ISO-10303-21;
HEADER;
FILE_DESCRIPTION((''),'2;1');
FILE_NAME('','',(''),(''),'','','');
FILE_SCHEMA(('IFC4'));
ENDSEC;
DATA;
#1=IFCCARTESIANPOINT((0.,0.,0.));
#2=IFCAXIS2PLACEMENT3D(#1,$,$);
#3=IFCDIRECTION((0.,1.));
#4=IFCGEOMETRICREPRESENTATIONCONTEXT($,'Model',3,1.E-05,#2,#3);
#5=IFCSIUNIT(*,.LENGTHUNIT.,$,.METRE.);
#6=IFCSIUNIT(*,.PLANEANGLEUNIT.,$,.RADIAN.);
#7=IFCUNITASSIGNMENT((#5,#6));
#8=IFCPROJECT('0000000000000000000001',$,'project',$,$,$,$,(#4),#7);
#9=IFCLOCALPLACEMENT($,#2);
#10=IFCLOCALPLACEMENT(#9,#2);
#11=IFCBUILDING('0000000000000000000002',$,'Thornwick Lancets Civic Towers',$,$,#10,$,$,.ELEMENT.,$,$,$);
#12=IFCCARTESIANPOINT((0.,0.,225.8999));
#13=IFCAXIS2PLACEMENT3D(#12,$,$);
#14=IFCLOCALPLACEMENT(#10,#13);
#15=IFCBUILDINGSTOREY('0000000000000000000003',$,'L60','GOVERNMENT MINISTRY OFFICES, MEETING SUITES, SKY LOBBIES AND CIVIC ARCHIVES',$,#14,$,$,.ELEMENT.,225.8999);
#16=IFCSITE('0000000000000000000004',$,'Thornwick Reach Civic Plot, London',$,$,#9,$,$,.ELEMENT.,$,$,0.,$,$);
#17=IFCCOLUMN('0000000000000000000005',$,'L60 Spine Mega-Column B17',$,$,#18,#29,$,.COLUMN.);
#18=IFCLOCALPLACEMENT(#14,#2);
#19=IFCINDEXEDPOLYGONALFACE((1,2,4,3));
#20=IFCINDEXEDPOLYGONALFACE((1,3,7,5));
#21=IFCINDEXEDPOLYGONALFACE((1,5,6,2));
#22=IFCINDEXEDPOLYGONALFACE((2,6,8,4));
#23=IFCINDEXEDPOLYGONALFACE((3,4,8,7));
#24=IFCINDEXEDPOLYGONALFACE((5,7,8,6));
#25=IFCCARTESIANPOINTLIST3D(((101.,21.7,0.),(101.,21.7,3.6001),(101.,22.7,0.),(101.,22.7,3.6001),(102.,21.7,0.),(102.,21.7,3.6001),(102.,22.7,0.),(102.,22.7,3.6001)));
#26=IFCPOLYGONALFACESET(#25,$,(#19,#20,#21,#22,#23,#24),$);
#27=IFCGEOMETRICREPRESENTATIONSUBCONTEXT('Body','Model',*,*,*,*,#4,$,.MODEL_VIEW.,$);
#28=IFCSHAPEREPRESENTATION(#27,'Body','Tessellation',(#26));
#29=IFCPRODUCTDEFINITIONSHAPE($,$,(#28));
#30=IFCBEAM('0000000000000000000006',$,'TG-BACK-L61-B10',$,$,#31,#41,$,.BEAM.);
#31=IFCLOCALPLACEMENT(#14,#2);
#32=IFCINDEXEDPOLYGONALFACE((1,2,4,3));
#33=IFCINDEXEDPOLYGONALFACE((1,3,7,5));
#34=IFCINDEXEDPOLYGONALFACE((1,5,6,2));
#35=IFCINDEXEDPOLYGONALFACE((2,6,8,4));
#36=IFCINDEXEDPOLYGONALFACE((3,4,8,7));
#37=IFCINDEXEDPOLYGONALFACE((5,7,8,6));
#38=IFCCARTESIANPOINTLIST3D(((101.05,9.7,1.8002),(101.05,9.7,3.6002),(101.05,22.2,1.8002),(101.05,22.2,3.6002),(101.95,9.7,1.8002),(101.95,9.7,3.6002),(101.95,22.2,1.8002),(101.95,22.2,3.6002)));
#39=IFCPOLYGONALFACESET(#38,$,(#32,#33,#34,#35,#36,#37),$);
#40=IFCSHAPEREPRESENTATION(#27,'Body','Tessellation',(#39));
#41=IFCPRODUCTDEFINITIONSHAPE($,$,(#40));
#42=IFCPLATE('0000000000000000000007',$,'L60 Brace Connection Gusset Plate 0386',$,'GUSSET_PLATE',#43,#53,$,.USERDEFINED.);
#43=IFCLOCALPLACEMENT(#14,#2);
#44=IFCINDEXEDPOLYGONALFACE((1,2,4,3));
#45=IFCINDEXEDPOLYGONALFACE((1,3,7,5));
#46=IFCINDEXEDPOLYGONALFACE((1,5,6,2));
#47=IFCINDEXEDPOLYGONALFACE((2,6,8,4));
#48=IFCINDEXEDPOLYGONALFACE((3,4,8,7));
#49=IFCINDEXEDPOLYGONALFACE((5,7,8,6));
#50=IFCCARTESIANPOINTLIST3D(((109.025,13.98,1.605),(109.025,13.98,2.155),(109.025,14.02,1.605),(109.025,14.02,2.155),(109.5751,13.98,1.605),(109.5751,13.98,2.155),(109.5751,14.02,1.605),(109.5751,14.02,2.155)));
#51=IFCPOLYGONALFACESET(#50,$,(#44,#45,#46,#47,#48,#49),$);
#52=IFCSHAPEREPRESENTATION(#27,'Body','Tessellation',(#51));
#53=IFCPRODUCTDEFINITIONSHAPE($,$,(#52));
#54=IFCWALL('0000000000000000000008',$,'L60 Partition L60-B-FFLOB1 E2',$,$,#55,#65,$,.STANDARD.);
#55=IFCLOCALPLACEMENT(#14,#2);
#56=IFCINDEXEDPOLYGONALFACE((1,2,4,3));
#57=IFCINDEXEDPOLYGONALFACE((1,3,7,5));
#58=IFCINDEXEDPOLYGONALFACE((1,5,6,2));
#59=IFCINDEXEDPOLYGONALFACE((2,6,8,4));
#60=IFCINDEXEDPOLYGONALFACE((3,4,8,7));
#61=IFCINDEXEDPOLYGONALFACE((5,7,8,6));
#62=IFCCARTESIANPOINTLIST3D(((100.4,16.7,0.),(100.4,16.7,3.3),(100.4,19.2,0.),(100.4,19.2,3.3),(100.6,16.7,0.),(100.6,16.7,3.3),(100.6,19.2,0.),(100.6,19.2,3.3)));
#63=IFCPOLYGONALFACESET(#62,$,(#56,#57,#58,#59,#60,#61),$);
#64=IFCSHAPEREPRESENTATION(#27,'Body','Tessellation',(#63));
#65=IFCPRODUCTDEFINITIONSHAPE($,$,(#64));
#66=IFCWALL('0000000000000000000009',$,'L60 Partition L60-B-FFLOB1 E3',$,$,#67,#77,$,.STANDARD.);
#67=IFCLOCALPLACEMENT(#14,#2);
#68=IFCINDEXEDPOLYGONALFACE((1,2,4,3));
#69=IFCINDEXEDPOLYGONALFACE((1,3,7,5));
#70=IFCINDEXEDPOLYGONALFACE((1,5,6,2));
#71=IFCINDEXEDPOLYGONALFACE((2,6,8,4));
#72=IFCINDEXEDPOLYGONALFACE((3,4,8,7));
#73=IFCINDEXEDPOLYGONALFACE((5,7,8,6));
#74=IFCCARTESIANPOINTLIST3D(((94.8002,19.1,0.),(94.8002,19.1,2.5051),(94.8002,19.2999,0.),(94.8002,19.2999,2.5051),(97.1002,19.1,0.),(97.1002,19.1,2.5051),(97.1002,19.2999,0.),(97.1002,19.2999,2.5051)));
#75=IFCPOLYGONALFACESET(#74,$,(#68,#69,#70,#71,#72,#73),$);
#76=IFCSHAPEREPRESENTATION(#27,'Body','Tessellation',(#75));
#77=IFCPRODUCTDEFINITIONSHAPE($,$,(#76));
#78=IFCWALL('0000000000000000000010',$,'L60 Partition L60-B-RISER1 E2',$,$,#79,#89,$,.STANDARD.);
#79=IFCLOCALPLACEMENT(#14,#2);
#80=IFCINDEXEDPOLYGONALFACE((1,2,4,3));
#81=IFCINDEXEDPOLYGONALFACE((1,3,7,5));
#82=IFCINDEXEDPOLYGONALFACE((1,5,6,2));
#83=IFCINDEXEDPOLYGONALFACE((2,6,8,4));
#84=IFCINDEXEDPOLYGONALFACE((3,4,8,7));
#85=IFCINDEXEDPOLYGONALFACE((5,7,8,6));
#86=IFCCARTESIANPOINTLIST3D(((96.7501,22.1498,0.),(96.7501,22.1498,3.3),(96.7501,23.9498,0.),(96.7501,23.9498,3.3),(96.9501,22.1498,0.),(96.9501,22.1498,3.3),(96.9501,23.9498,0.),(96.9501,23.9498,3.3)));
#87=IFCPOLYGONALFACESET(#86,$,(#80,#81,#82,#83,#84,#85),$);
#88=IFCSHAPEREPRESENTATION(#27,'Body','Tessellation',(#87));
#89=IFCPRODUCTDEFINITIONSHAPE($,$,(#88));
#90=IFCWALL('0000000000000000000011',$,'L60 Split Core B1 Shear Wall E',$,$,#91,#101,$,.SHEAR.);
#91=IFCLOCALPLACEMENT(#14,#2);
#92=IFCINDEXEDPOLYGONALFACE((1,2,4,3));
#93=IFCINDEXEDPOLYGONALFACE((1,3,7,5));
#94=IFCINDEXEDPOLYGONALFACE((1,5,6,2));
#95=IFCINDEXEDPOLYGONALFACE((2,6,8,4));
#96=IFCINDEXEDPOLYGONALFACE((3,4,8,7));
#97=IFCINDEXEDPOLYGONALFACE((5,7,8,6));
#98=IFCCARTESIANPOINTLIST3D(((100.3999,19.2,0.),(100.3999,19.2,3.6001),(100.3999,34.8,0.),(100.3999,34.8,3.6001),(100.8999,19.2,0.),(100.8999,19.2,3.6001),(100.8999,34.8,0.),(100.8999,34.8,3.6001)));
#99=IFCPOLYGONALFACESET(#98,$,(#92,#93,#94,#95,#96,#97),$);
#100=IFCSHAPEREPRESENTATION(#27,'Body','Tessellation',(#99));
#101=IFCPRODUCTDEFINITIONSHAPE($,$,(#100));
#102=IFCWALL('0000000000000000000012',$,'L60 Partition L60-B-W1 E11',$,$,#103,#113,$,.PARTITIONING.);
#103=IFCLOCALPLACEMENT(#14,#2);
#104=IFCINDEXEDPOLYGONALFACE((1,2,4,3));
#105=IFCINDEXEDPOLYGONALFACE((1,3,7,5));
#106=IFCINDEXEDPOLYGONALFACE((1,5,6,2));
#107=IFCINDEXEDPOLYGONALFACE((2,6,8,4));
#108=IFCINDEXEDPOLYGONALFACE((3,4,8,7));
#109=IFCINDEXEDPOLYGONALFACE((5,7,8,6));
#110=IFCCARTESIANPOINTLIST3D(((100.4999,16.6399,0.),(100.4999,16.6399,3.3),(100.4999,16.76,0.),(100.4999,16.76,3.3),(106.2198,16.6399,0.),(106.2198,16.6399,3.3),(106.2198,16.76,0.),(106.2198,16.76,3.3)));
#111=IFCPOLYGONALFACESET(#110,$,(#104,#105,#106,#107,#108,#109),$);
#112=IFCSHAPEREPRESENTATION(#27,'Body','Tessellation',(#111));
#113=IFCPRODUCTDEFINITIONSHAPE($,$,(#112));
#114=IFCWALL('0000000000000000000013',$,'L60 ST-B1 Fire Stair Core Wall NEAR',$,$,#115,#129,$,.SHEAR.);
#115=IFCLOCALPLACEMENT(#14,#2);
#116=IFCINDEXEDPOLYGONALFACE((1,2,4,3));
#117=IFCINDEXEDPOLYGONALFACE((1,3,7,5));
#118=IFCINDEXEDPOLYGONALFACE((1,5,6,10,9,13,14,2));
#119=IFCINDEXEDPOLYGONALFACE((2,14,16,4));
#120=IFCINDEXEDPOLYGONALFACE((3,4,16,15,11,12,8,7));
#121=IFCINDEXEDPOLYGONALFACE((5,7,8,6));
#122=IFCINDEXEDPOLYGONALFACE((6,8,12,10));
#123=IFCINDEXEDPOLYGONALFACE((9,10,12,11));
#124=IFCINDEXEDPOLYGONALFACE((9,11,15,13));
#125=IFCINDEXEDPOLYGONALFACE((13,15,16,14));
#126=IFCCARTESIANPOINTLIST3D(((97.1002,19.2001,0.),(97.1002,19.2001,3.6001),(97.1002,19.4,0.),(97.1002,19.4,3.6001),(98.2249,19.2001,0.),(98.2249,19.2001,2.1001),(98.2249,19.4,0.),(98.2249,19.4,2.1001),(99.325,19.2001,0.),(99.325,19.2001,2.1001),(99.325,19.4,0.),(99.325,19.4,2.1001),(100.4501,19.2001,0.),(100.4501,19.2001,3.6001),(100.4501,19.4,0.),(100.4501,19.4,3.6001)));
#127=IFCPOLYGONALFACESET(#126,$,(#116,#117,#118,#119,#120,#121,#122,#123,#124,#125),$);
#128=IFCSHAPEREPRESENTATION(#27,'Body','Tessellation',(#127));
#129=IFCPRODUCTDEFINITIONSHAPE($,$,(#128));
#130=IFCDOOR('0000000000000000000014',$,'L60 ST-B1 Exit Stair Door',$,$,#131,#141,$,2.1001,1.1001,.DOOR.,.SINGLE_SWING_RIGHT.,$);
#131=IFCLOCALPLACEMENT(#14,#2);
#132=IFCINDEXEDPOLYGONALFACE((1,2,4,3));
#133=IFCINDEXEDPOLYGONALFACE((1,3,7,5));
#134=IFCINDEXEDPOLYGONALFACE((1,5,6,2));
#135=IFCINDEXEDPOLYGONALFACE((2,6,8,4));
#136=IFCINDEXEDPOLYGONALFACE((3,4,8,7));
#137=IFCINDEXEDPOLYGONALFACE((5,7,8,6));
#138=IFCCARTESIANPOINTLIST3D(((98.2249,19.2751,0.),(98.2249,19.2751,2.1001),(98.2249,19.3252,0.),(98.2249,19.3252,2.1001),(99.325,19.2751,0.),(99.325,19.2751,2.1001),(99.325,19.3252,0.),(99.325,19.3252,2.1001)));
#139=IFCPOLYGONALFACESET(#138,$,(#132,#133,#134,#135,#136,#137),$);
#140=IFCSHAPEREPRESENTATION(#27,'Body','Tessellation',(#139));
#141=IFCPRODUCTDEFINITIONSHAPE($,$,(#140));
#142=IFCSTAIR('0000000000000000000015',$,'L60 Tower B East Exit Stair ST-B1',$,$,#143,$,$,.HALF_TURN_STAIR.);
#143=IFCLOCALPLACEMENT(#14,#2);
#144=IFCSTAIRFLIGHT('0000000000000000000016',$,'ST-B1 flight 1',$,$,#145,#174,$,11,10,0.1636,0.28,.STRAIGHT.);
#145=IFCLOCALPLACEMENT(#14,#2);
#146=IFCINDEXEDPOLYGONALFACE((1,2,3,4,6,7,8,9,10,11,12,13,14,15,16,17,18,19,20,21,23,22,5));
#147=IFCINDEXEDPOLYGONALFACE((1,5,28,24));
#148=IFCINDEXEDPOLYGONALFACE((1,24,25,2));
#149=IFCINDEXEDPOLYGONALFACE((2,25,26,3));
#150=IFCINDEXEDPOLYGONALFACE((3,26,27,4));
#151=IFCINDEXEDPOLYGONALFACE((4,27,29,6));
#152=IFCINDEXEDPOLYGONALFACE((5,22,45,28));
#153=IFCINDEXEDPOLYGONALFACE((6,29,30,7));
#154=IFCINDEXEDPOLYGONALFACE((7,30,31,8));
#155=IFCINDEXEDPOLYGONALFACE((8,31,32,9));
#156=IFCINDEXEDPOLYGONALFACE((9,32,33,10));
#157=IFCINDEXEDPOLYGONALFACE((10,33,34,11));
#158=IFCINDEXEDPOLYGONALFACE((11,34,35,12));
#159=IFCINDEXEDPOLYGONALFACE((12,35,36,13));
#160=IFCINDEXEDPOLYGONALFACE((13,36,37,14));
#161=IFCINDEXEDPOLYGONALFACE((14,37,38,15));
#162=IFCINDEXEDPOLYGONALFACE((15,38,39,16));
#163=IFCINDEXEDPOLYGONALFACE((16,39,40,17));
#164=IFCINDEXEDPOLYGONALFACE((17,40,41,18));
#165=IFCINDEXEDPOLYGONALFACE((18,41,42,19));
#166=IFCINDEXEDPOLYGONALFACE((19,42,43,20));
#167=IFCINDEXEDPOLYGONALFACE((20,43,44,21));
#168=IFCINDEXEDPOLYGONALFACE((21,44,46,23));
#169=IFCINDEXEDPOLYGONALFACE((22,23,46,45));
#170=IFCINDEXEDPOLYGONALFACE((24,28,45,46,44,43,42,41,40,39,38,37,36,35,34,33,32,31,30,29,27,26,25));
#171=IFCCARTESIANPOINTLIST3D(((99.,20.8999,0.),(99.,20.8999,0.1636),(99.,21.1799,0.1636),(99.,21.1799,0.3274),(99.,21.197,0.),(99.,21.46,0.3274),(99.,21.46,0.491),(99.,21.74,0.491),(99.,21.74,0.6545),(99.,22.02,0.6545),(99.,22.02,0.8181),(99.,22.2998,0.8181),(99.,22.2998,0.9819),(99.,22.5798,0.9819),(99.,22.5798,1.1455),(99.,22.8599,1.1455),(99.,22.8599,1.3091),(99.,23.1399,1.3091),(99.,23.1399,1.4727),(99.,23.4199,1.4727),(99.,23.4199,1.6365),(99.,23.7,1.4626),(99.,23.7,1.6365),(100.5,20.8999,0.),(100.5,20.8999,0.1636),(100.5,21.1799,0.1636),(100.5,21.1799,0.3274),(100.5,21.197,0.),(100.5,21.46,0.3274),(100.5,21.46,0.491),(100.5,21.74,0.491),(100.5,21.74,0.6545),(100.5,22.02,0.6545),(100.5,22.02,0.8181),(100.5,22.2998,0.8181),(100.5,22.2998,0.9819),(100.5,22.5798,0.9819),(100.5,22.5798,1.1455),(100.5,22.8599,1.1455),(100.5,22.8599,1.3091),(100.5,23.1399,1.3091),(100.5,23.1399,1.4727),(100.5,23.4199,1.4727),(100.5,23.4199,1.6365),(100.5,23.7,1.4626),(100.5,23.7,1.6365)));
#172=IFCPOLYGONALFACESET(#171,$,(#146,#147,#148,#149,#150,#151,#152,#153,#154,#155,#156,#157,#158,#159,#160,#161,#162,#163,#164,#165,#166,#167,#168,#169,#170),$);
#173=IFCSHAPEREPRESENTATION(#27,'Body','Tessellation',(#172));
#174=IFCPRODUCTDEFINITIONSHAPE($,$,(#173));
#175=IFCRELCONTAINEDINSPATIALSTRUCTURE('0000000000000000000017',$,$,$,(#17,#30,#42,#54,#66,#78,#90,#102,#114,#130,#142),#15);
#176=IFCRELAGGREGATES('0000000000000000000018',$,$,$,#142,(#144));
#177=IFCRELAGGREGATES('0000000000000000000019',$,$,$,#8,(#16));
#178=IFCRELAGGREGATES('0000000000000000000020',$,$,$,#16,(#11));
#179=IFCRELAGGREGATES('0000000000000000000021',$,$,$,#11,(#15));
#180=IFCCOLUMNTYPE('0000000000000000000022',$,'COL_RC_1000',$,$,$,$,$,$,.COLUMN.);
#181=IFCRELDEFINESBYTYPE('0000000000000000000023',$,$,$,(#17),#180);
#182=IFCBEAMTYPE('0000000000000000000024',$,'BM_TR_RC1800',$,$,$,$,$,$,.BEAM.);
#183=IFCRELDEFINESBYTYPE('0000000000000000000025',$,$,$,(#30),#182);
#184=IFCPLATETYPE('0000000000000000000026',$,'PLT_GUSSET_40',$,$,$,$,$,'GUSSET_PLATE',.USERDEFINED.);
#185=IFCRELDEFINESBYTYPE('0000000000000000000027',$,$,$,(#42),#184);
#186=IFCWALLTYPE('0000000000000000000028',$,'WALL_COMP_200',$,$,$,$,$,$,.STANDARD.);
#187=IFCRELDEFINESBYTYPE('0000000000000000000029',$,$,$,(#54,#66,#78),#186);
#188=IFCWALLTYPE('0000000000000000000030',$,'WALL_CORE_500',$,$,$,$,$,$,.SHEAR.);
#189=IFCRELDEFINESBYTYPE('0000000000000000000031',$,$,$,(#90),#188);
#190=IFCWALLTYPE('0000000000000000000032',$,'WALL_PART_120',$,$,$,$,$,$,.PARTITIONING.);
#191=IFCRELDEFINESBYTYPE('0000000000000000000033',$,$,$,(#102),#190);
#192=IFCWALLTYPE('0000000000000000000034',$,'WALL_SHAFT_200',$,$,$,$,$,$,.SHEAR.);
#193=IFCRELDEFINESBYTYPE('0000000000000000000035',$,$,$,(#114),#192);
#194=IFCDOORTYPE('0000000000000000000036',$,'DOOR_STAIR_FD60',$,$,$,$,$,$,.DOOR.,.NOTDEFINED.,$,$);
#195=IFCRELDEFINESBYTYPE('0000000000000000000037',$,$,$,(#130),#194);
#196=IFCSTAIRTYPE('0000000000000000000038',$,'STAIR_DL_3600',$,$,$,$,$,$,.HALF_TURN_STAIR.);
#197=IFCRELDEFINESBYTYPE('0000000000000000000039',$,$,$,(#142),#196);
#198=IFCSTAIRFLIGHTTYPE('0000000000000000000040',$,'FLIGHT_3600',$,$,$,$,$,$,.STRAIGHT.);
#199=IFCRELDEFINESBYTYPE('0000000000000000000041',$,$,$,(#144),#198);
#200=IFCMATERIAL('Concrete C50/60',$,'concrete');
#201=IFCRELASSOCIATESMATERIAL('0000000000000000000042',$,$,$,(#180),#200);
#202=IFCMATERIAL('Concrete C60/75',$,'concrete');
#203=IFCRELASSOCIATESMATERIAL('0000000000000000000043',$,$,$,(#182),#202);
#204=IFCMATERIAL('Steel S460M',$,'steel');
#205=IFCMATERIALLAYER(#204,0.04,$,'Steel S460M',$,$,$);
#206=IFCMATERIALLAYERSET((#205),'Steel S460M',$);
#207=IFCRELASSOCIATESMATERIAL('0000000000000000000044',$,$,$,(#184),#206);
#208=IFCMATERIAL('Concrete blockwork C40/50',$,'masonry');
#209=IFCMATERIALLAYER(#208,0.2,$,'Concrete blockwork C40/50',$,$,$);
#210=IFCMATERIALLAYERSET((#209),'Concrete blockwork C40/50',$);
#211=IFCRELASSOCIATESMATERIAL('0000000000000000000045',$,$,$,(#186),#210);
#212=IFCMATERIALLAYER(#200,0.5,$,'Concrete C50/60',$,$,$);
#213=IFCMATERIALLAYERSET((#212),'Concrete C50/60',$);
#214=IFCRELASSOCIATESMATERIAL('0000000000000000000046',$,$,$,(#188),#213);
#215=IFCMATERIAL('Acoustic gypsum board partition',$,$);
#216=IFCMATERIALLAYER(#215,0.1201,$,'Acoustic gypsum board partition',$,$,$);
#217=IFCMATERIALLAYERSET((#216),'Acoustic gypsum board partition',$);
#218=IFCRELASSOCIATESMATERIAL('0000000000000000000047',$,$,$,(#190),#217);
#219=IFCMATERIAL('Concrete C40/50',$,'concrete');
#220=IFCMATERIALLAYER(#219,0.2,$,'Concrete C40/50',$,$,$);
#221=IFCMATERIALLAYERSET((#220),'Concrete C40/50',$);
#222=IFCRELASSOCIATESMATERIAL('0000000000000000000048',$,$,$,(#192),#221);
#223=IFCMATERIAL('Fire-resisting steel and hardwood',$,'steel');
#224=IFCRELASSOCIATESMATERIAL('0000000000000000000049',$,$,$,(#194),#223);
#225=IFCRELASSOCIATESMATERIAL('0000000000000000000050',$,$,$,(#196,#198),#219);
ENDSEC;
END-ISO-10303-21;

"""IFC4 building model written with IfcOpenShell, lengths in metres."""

from ifc_helpers import new_model, si_unit, direction, frame, frame_2d, origin, origin_2d, place, context, subcontext, project, spatial, polyline, rectangle, outline, extrude, material, layer, layer_set, material_profile, profile_set, type_object, element, fill, aggregate, save


model = new_model("IFC4")

# Units and contexts
model_context = context("Model", 3, precision=1e-05, world=origin(), true_north=direction((0.0, 1.0)))
body_context = subcontext(model_context, "Body", "Model", "MODEL_VIEW")
ifc_project = project(units=[si_unit("LENGTHUNIT", "METRE"), si_unit("PLANEANGLEUNIT", "RADIAN")], contexts=[model_context])

# Site, building, storey
site_placement = place(None, origin())
site = spatial("IfcSite", under=ifc_project, at=site_placement, Name="Thornwick Reach Civic Plot, London", CompositionType="ELEMENT", RefElevation=0.0)
building_placement = place(site_placement, origin())
building = spatial("IfcBuilding", under=site, at=building_placement, Name="Thornwick Lancets Civic Towers", CompositionType="ELEMENT")
storey_placement = place(building_placement, frame((0.0, 0.0, 225.8999)))
storey = spatial("IfcBuildingStorey", under=building, at=storey_placement, Name="L60", Description="GOVERNMENT MINISTRY OFFICES, MEETING SUITES, SKY LOBBIES AND CIVIC ARCHIVES", CompositionType="ELEMENT", Elevation=225.8999)

# Column
ifc_material_1 = material(Name="Concrete C50/60", Category="concrete")
ifc_material_profile_1 = material_profile(ifc_material_1, rectangle(XDim=1.0, YDim=1.0, at=origin_2d()), Name="RC 1000x1000")
ifc_profile_set_1 = profile_set([ifc_material_profile_1], Name="Concrete C50/60")
column_type = type_object("IfcColumnType", Name="COL_RC_1000", PredefinedType="COLUMN", material=ifc_profile_set_1)
column_placement = place(storey_placement, frame((101.5, 22.2, 0.0), z_axis=(0.0, 0.0, 1.0), x_axis=(1.0, 0.0, 0.0)))
element("IfcColumn", 1, at=column_placement, inside=storey, type_object=column_type, Name="L60 Spine Mega-Column B17", PredefinedType="COLUMN", context=body_context, shape_type="SweptSolid", body=[
    extrude(rectangle(XDim=1.0, YDim=1.0, at=origin_2d()), origin(), (0.0, 0.0, 1.0), 3.6001),
])

# Beam
ifc_material_2 = material(Name="Concrete C60/75", Category="concrete")
ifc_material_profile_2 = material_profile(ifc_material_2, rectangle(XDim=0.8999, YDim=1.8, at=origin_2d()), Name="RC 900x1800")
ifc_profile_set_2 = profile_set([ifc_material_profile_2], Name="Concrete C60/75")
beam_type = type_object("IfcBeamType", Name="BM_TR_RC1800", PredefinedType="BEAM", material=ifc_profile_set_2)
beam_placement = place(storey_placement, frame((101.5, 22.2, 2.7002), z_axis=(0.0, -1.0, 0.0), x_axis=(1.0, 0.0, 0.0)))
element("IfcBeam", 2, at=beam_placement, inside=storey, type_object=beam_type, Name="TG-BACK-L61-B10", PredefinedType="BEAM", context=body_context, shape_type="SweptSolid", body=[
    extrude(rectangle(XDim=0.8999, YDim=1.8, at=origin_2d()), origin(), (0.0, 0.0, 1.0), 12.5),
])

# Plate
ifc_material_3 = material(Name="Steel S460M", Category="steel")
ifc_layer_1 = layer(ifc_material_3, 0.04, Name="Steel S460M")
ifc_layer_set_1 = layer_set([ifc_layer_1], Name="Steel S460M")
plate_type = type_object("IfcPlateType", Name="PLT_GUSSET_40", ElementType="GUSSET_PLATE", PredefinedType="USERDEFINED", material=ifc_layer_set_1)
plate_placement = place(storey_placement, frame((109.3, 14.0, 1.605), z_axis=(0.0, 0.0, 1.0), x_axis=(1.0, 0.0, 0.0)))
element("IfcPlate", 3, at=plate_placement, inside=storey, type_object=plate_type, Name="L60 Brace Connection Gusset Plate 0386", ObjectType="GUSSET_PLATE", PredefinedType="USERDEFINED", context=body_context, shape_type="SweptSolid", body=[
    extrude(rectangle(XDim=0.55, YDim=0.04, at=origin_2d()), origin(), (0.0, 0.0, 1.0), 0.55),
])

# Walls
ifc_material_4 = material(Name="Concrete blockwork C40/50", Category="masonry")
ifc_layer_2 = layer(ifc_material_4, 0.2, Name="Concrete blockwork C40/50")
ifc_layer_set_2 = layer_set([ifc_layer_2], Name="Concrete blockwork C40/50")
wall_type_1 = type_object("IfcWallType", Name="WALL_COMP_200", PredefinedType="STANDARD", material=ifc_layer_set_2)
wall_1_placement = place(storey_placement, frame((100.5, 16.7, 0.0), z_axis=(0.0, 0.0, 1.0), x_axis=(0.0, 1.0, 0.0)))
element("IfcWall", 4, at=wall_1_placement, inside=storey, type_object=wall_type_1, Name="L60 Partition L60-B-FFLOB1 E2", PredefinedType="STANDARD", context=body_context, shape_type="SweptSolid", body=[
    extrude(rectangle(XDim=2.5, YDim=0.2, at=frame_2d((1.25, 0.0))), origin(), (0.0, 0.0, 1.0), 3.3),
])
wall_2_placement = place(storey_placement, frame((97.1001, 19.2, 0.0), z_axis=(0.0, 0.0, 1.0), x_axis=(-1.0, 0.0, 0.0)))
element("IfcWall", 5, at=wall_2_placement, inside=storey, type_object=wall_type_1, Name="L60 Partition L60-B-FFLOB1 E3", PredefinedType="STANDARD", context=body_context, shape_type="SweptSolid", body=[
    extrude(rectangle(XDim=2.3, YDim=0.2, at=frame_2d((1.1499, 0.0))), origin(), (0.0, 0.0, 1.0), 2.5051),
])
wall_3_placement = place(storey_placement, frame((96.8501, 22.1499, 0.0), z_axis=(0.0, 0.0, 1.0), x_axis=(0.0, 1.0, 0.0)))
element("IfcWall", 6, at=wall_3_placement, inside=storey, type_object=wall_type_1, Name="L60 Partition L60-B-RISER1 E2", PredefinedType="STANDARD", context=body_context, shape_type="SweptSolid", body=[
    extrude(rectangle(XDim=1.8, YDim=0.2, at=frame_2d((0.8999, 0.0))), origin(), (0.0, 0.0, 1.0), 3.3),
])
ifc_layer_3 = layer(ifc_material_1, 0.5, Name="Concrete C50/60")
ifc_layer_set_3 = layer_set([ifc_layer_3], Name="Concrete C50/60")
wall_type_2 = type_object("IfcWallType", Name="WALL_CORE_500", PredefinedType="SHEAR", material=ifc_layer_set_3)
wall_4_placement = place(storey_placement, frame((100.6499, 19.2, 0.0), z_axis=(0.0, 0.0, 1.0), x_axis=(0.0, 1.0, 0.0)))
element("IfcWall", 7, at=wall_4_placement, inside=storey, type_object=wall_type_2, Name="L60 Split Core B1 Shear Wall E", PredefinedType="SHEAR", context=body_context, shape_type="SweptSolid", body=[
    extrude(rectangle(XDim=15.6001, YDim=0.5, at=frame_2d((7.8, 0.0))), origin(), (0.0, 0.0, 1.0), 3.6001),
])
ifc_material_5 = material(Name="Acoustic gypsum board partition")
ifc_layer_4 = layer(ifc_material_5, 0.1201, Name="Acoustic gypsum board partition")
ifc_layer_set_4 = layer_set([ifc_layer_4], Name="Acoustic gypsum board partition")
wall_type_3 = type_object("IfcWallType", Name="WALL_PART_120", PredefinedType="PARTITIONING", material=ifc_layer_set_4)
wall_5_placement = place(storey_placement, frame((100.5, 16.7, 0.0), z_axis=(0.0, 0.0, 1.0), x_axis=(1.0, 0.0, 0.0)))
element("IfcWall", 8, at=wall_5_placement, inside=storey, type_object=wall_type_3, Name="L60 Partition L60-B-W1 E11", PredefinedType="PARTITIONING", context=body_context, shape_type="SweptSolid", body=[
    extrude(rectangle(XDim=5.72, YDim=0.1201, at=frame_2d((2.8599, 0.0))), origin(), (0.0, 0.0, 1.0), 3.3),
])

# Wall, opening, door
ifc_material_6 = material(Name="Concrete C40/50", Category="concrete")
ifc_layer_5 = layer(ifc_material_6, 0.2, Name="Concrete C40/50")
ifc_layer_set_5 = layer_set([ifc_layer_5], Name="Concrete C40/50")
wall_type_4 = type_object("IfcWallType", Name="WALL_SHAFT_200", PredefinedType="SHEAR", material=ifc_layer_set_5)
wall_6_placement = place(storey_placement, frame((100.45, 19.3, 0.0), z_axis=(0.0, 0.0, 1.0), x_axis=(-1.0, 0.0, 0.0)))
wall_6 = element("IfcWall", 9, at=wall_6_placement, inside=storey, type_object=wall_type_4, Name="L60 ST-B1 Fire Stair Core Wall NEAR", PredefinedType="SHEAR", context=body_context, shape_type="SweptSolid", body=[
    extrude(rectangle(XDim=3.3499, YDim=0.2, at=frame_2d((1.6748, 0.0))), origin(), (0.0, 0.0, 1.0), 3.6001),
])
opening_placement = place(wall_6_placement, frame((1.125, 0.0, 0.0)))
opening = element("IfcOpeningElement", 10, at=opening_placement, cuts=wall_6, PredefinedType="OPENING", context=body_context, shape_type="SweptSolid", body=[
    extrude(rectangle(XDim=1.1001, YDim=2.1001, at=frame_2d((0.55, 1.05))), frame((0.0, 0.1099, 0.0), z_axis=(0.0, -1.0, 0.0), x_axis=(1.0, 0.0, 0.0)), (0.0, 0.0, 1.0), 0.22),
])
ifc_material_7 = material(Name="Fire-resisting steel and hardwood", Category="steel")
door_type = type_object("IfcDoorType", Name="DOOR_STAIR_FD60", OperationType="NOTDEFINED", PredefinedType="DOOR", material=ifc_material_7)
door_placement = place(opening_placement, origin())
door = element("IfcDoor", 11, at=door_placement, inside=storey, type_object=door_type, Name="L60 ST-B1 Exit Stair Door", OperationType="SINGLE_SWING_RIGHT", OverallHeight=2.1001, OverallWidth=1.1001, PredefinedType="DOOR", context=body_context, shape_type="SweptSolid", body=[
    extrude(rectangle(XDim=1.1001, YDim=2.1001, at=frame_2d((0.55, 1.05))), frame((0.0, 0.0249, 0.0), z_axis=(0.0, -1.0, 0.0), x_axis=(1.0, 0.0, 0.0)), (0.0, 0.0, 1.0), 0.05),
])
fill(opening, door)

# Stair, stair flight
stair_type = type_object("IfcStairType", Name="STAIR_DL_3600", PredefinedType="HALF_TURN_STAIR", material=ifc_material_6)
stair_placement = place(storey_placement, origin())
stair = element("IfcStair", 12, at=stair_placement, inside=storey, type_object=stair_type, Name="L60 Tower B East Exit Stair ST-B1", PredefinedType="HALF_TURN_STAIR")
stair_flight_type = type_object("IfcStairFlightType", Name="FLIGHT_3600", PredefinedType="STRAIGHT", material=ifc_material_6)
stair_flight_1_placement = place(storey_placement, frame((99.75, 20.8999, 0.0), z_axis=(0.0, 0.0, 1.0), x_axis=(0.0, 1.0, 0.0)))
stair_flight_1 = element("IfcStairFlight", 13, at=stair_flight_1_placement, type_object=stair_flight_type, Name="ST-B1 flight 1", NumberOfRisers=11, NumberOfTreads=10, PredefinedType="STRAIGHT", RiserHeight=0.1636, TreadLength=0.28, context=body_context, shape_type="SweptSolid", body=[
    extrude(outline(polyline([(0.0, 0.0), (0.0, 0.1636), (0.28, 0.1636), (0.28, 0.3274), (0.5601, 0.3274), (0.5601, 0.491), (0.8401, 0.491), (0.8401, 0.6545), (1.1201, 0.6545), (1.1201, 0.8181), (1.3999, 0.8181), (1.3999, 0.9819), (1.6799, 0.9819), (1.6799, 1.1455), (1.96, 1.1455), (1.96, 1.3091), (2.24, 1.3091), (2.24, 1.4727), (2.52, 1.4727), (2.52, 1.6365), (2.8, 1.6365), (2.8, 1.8), (2.8, 1.4626), (0.2971, 0.0), (0.0, 0.0)])), frame((0.0, 0.75, 0.0), z_axis=(0.0, -1.0, 0.0), x_axis=(1.0, 0.0, 0.0)), (0.0, 0.0, 1.0), 1.5),
])
aggregate(stair, [stair_flight_1])

save(model, "model.ifc")
